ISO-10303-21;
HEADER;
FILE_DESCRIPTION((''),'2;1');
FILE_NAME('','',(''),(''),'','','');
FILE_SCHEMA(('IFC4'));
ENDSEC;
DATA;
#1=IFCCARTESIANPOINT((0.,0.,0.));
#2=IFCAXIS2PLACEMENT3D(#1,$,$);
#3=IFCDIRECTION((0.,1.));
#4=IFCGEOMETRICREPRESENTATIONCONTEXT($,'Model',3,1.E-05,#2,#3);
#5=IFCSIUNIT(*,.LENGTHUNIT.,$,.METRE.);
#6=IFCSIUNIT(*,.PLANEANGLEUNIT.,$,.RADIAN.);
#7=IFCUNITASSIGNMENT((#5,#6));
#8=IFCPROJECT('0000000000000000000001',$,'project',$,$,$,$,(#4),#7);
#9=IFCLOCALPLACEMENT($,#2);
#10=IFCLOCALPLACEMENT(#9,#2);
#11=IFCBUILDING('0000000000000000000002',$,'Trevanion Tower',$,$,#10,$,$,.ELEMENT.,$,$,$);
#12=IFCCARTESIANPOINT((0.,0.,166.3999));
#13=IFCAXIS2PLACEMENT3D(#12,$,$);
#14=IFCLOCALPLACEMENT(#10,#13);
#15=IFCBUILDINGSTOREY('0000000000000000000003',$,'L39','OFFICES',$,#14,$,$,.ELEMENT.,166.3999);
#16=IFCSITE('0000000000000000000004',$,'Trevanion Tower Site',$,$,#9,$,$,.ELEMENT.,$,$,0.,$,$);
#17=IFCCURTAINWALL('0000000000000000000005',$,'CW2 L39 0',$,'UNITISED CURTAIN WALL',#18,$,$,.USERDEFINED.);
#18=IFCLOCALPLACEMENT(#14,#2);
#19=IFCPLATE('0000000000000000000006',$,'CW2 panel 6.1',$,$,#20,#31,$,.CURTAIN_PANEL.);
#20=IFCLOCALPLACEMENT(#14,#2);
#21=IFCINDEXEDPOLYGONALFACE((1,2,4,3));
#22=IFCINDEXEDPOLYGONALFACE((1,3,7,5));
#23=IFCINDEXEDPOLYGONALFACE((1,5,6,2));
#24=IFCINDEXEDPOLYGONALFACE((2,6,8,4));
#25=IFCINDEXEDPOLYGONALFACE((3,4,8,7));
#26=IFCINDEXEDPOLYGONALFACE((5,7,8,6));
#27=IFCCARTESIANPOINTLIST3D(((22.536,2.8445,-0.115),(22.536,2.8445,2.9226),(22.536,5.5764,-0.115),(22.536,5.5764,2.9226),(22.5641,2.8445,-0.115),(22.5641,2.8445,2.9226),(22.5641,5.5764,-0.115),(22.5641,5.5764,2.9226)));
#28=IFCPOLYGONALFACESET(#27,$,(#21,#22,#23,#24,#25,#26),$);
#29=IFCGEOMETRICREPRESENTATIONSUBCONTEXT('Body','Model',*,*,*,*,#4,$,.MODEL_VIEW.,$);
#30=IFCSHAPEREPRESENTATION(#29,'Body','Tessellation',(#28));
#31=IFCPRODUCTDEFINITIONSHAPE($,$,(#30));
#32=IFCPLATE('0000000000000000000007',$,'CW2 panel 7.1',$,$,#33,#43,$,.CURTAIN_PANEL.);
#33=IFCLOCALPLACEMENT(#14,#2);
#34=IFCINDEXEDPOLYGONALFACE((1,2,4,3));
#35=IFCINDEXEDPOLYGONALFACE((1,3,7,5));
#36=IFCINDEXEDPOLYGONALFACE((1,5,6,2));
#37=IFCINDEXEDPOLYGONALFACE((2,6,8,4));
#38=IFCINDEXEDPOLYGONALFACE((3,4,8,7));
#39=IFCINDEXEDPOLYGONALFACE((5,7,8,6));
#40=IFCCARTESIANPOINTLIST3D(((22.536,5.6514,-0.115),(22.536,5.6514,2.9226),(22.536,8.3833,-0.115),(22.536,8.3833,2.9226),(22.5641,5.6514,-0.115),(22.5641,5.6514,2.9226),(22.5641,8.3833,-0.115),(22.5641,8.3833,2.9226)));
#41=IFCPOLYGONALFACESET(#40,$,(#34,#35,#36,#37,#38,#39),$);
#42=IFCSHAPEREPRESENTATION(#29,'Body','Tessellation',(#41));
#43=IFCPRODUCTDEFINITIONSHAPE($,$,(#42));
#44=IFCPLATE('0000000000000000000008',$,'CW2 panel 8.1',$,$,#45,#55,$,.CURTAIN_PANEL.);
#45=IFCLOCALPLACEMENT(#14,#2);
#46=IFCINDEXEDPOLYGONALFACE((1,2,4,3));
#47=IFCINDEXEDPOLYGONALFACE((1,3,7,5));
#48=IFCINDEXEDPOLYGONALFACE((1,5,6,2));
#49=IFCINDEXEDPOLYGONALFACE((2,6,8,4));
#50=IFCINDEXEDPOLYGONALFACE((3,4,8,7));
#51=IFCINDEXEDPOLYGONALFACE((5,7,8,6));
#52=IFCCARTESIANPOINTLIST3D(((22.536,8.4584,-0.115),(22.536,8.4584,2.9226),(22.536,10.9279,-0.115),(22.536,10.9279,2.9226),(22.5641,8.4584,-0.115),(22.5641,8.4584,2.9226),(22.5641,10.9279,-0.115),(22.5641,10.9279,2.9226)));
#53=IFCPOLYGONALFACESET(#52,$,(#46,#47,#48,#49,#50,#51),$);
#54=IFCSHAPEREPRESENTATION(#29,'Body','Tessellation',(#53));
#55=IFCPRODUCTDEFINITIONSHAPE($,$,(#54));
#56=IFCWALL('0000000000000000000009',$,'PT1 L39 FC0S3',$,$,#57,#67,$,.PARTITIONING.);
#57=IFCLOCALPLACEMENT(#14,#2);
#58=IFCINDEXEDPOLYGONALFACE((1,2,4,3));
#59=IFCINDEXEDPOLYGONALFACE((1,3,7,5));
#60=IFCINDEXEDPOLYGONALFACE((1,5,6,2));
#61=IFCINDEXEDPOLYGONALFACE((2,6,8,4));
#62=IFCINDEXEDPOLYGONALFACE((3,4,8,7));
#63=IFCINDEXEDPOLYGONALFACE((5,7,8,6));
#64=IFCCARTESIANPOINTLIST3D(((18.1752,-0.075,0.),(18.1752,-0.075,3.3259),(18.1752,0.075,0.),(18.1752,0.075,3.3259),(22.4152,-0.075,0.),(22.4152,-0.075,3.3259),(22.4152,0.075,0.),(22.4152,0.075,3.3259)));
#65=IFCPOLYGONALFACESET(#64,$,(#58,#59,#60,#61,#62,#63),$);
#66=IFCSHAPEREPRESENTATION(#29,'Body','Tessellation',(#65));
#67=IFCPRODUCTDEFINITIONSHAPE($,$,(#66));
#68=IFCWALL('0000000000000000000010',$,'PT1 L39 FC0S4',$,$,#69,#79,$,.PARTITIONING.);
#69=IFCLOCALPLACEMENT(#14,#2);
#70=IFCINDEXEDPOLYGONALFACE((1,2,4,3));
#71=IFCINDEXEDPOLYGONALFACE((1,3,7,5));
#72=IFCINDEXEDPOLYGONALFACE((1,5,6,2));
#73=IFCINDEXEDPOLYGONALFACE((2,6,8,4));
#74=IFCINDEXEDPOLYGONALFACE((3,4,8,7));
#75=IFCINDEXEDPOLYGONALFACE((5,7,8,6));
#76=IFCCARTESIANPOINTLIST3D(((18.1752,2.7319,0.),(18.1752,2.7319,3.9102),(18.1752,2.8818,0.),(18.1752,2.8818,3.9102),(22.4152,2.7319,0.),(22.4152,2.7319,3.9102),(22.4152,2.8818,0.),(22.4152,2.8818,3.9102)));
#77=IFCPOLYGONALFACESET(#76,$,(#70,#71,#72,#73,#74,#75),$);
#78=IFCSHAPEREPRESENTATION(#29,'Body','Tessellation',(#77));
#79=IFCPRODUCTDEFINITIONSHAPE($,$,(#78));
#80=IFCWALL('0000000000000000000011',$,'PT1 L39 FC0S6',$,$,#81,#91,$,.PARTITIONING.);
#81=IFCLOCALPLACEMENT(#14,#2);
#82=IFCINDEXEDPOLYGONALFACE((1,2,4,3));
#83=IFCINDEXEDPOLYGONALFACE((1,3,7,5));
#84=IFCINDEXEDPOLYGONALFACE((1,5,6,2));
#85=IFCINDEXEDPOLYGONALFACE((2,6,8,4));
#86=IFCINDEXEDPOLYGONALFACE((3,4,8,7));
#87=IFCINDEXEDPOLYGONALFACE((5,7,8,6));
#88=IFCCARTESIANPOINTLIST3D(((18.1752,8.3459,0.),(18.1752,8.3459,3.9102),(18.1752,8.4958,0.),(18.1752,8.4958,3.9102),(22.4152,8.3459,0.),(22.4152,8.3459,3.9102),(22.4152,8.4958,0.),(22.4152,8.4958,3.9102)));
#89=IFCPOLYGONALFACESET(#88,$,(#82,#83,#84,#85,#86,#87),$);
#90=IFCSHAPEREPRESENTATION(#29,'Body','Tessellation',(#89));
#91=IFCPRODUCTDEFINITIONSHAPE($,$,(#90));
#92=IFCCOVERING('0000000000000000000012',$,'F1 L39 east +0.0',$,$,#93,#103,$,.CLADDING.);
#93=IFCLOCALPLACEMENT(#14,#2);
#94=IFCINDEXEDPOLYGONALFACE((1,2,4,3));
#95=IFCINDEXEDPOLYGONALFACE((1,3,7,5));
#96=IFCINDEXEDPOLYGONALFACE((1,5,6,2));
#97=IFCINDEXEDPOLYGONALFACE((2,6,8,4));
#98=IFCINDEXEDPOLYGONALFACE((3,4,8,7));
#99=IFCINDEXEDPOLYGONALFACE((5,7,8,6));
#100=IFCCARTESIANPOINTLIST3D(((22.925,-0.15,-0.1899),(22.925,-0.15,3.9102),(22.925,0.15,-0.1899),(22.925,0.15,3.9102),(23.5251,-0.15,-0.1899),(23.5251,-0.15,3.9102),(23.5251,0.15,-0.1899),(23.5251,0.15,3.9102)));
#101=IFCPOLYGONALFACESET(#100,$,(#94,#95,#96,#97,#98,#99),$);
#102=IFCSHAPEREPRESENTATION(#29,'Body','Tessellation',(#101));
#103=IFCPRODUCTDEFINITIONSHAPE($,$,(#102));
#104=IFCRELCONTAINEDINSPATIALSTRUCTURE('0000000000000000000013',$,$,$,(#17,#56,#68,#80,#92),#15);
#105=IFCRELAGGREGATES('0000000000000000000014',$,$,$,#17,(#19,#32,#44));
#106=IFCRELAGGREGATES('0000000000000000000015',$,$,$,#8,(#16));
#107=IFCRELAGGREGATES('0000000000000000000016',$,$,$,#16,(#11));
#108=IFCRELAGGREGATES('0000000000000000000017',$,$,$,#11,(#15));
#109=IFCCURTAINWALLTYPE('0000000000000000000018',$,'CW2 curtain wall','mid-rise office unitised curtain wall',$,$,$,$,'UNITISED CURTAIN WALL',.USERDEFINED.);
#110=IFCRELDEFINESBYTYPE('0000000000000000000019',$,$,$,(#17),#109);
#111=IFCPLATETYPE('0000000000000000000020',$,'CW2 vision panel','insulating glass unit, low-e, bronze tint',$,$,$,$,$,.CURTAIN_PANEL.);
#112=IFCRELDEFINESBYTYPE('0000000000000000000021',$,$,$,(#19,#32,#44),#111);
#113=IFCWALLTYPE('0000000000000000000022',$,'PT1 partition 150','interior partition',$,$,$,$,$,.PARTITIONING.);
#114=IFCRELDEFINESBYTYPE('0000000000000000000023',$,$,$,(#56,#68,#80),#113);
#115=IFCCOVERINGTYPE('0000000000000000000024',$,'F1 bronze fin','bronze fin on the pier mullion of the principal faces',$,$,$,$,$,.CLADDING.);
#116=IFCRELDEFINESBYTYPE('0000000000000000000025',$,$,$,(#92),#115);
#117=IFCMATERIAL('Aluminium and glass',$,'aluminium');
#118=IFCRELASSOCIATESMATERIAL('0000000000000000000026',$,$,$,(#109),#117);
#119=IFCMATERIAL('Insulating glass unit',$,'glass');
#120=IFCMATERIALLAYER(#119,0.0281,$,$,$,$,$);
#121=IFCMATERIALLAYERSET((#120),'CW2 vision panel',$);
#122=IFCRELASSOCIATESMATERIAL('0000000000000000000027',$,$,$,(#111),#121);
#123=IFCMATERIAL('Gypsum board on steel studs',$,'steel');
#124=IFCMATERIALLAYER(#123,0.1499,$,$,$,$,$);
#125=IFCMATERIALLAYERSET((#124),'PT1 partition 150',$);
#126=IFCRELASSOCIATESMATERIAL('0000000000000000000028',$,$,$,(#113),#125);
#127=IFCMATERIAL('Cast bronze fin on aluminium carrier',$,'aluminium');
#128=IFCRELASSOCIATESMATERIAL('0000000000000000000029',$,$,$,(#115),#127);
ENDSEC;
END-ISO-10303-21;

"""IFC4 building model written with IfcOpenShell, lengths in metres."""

from ifc_helpers import new_model, si_unit, direction, frame, frame_2d, origin, origin_2d, place, context, subcontext, project, spatial, rectangle, extrude, material, layer, layer_set, type_object, element, aggregate, save


model = new_model("IFC4")

# Units and contexts
model_context = context("Model", 3, precision=1e-05, world=origin(), true_north=direction((0.0, 1.0)))
body_context = subcontext(model_context, "Body", "Model", "MODEL_VIEW")
ifc_project = project(units=[si_unit("LENGTHUNIT", "METRE"), si_unit("PLANEANGLEUNIT", "RADIAN")], contexts=[model_context])

# Site, building, storey
site_placement = place(None, origin())
site = spatial("IfcSite", under=ifc_project, at=site_placement, Name="Trevanion Tower Site", CompositionType="ELEMENT", RefElevation=0.0)
building_placement = place(site_placement, origin())
building = spatial("IfcBuilding", under=site, at=building_placement, Name="Trevanion Tower", CompositionType="ELEMENT")
storey_placement = place(building_placement, frame((0.0, 0.0, 166.3999)))
storey = spatial("IfcBuildingStorey", under=building, at=storey_placement, Name="L39", Description="OFFICES", CompositionType="ELEMENT", Elevation=166.3999)

# Curtain wall
ifc_material_1 = material(Name="Aluminium and glass", Category="aluminium")
curtain_wall_type = type_object("IfcCurtainWallType", Name="CW2 curtain wall", Description="mid-rise office unitised curtain wall", ElementType="UNITISED CURTAIN WALL", PredefinedType="USERDEFINED", material=ifc_material_1)
curtain_wall_placement = place(storey_placement, origin())
curtain_wall = element("IfcCurtainWall", 1, at=curtain_wall_placement, inside=storey, type_object=curtain_wall_type, Name="CW2 L39 0", ObjectType="UNITISED CURTAIN WALL", PredefinedType="USERDEFINED")

# Plates
ifc_material_2 = material(Name="Insulating glass unit", Category="glass")
ifc_layer_1 = layer(ifc_material_2, 0.0281)
ifc_layer_set_1 = layer_set([ifc_layer_1], Name="CW2 vision panel")
plate_type_1 = type_object("IfcPlateType", Name="CW2 vision panel", Description="insulating glass unit, low-e, bronze tint", PredefinedType="CURTAIN_PANEL", material=ifc_layer_set_1)
plate_1_placement = place(storey_placement, frame((22.55, 4.2104, -0.115), z_axis=(0.0, 0.0, 1.0), x_axis=(0.0, 1.0, 0.0)))
plate_1 = element("IfcPlate", 2, at=plate_1_placement, type_object=plate_type_1, Name="CW2 panel 6.1", PredefinedType="CURTAIN_PANEL", context=body_context, shape_type="SweptSolid", body=[
    extrude(rectangle(XDim=2.7319, YDim=0.0281, at=origin_2d()), origin(), (0.0, 0.0, 1.0), 3.0376),
])
plate_2_placement = place(storey_placement, frame((22.55, 7.0173, -0.115), z_axis=(0.0, 0.0, 1.0), x_axis=(0.0, 1.0, 0.0)))
plate_2 = element("IfcPlate", 3, at=plate_2_placement, type_object=plate_type_1, Name="CW2 panel 7.1", PredefinedType="CURTAIN_PANEL", context=body_context, shape_type="SweptSolid", body=[
    extrude(rectangle(XDim=2.7319, YDim=0.0281, at=origin_2d()), origin(), (0.0, 0.0, 1.0), 3.0376),
])
plate_3_placement = place(storey_placement, frame((22.55, 9.6931, -0.115), z_axis=(0.0, 0.0, 1.0), x_axis=(0.0, 1.0, 0.0)))
plate_3 = element("IfcPlate", 4, at=plate_3_placement, type_object=plate_type_1, Name="CW2 panel 8.1", PredefinedType="CURTAIN_PANEL", context=body_context, shape_type="SweptSolid", body=[
    extrude(rectangle(XDim=2.4695, YDim=0.0281, at=origin_2d()), origin(), (0.0, 0.0, 1.0), 3.0376),
])
aggregate(curtain_wall, [plate_1, plate_2, plate_3])

# Walls
ifc_material_3 = material(Name="Gypsum board on steel studs", Category="steel")
ifc_layer_2 = layer(ifc_material_3, 0.1499)
ifc_layer_set_2 = layer_set([ifc_layer_2], Name="PT1 partition 150")
wall_type = type_object("IfcWallType", Name="PT1 partition 150", Description="interior partition", PredefinedType="PARTITIONING", material=ifc_layer_set_2)
wall_placement = place(storey_placement, frame((18.175, 0.0, 0.0), z_axis=(0.0, 0.0, 1.0), x_axis=(1.0, 0.0, 0.0)))
element("IfcWall", 5, at=wall_placement, inside=storey, type_object=wall_type, Name="PT1 L39 FC0S3", PredefinedType="PARTITIONING", context=body_context, shape_type="SweptSolid", body=[
    extrude(rectangle(XDim=4.24, YDim=0.1499, at=frame_2d((2.1201, 0.0))), origin(), (0.0, 0.0, 1.0), 3.3259),
])
for number, where, z_axis, x_axis, name in (
    (6, (18.175, 2.8069, 0.0), (0.0, 0.0, 1.0), (1.0, 0.0, 0.0), "PT1 L39 FC0S4"),
    (7, (18.175, 8.4209, 0.0), (0.0, 0.0, 1.0), (1.0, 0.0, 0.0), "PT1 L39 FC0S6"),
):
    element("IfcWall", number, at=place(storey_placement, frame(where, z_axis=z_axis, x_axis=x_axis)), inside=storey, type_object=wall_type, Name=name, PredefinedType="PARTITIONING", context=body_context, shape_type="SweptSolid", body=[
        extrude(rectangle(XDim=4.24, YDim=0.1499, at=frame_2d((2.1201, 0.0))), origin(), (0.0, 0.0, 1.0), 3.9102),
    ])

# Covering
ifc_material_4 = material(Name="Cast bronze fin on aluminium carrier", Category="aluminium")
covering_type = type_object("IfcCoveringType", Name="F1 bronze fin", Description="bronze fin on the pier mullion of the principal faces", PredefinedType="CLADDING", material=ifc_material_4)
covering_placement = place(storey_placement, frame((23.2251, 0.0, -0.1899), z_axis=(0.0, 0.0, 1.0), x_axis=(0.0, 1.0, 0.0)))
element("IfcCovering", 8, at=covering_placement, inside=storey, type_object=covering_type, Name="F1 L39 east +0.0", PredefinedType="CLADDING", context=body_context, shape_type="SweptSolid", body=[
    extrude(rectangle(XDim=0.3, YDim=0.6001, at=origin_2d()), origin(), (0.0, 0.0, 1.0), 4.1001),
])

save(model, "model.ifc")
